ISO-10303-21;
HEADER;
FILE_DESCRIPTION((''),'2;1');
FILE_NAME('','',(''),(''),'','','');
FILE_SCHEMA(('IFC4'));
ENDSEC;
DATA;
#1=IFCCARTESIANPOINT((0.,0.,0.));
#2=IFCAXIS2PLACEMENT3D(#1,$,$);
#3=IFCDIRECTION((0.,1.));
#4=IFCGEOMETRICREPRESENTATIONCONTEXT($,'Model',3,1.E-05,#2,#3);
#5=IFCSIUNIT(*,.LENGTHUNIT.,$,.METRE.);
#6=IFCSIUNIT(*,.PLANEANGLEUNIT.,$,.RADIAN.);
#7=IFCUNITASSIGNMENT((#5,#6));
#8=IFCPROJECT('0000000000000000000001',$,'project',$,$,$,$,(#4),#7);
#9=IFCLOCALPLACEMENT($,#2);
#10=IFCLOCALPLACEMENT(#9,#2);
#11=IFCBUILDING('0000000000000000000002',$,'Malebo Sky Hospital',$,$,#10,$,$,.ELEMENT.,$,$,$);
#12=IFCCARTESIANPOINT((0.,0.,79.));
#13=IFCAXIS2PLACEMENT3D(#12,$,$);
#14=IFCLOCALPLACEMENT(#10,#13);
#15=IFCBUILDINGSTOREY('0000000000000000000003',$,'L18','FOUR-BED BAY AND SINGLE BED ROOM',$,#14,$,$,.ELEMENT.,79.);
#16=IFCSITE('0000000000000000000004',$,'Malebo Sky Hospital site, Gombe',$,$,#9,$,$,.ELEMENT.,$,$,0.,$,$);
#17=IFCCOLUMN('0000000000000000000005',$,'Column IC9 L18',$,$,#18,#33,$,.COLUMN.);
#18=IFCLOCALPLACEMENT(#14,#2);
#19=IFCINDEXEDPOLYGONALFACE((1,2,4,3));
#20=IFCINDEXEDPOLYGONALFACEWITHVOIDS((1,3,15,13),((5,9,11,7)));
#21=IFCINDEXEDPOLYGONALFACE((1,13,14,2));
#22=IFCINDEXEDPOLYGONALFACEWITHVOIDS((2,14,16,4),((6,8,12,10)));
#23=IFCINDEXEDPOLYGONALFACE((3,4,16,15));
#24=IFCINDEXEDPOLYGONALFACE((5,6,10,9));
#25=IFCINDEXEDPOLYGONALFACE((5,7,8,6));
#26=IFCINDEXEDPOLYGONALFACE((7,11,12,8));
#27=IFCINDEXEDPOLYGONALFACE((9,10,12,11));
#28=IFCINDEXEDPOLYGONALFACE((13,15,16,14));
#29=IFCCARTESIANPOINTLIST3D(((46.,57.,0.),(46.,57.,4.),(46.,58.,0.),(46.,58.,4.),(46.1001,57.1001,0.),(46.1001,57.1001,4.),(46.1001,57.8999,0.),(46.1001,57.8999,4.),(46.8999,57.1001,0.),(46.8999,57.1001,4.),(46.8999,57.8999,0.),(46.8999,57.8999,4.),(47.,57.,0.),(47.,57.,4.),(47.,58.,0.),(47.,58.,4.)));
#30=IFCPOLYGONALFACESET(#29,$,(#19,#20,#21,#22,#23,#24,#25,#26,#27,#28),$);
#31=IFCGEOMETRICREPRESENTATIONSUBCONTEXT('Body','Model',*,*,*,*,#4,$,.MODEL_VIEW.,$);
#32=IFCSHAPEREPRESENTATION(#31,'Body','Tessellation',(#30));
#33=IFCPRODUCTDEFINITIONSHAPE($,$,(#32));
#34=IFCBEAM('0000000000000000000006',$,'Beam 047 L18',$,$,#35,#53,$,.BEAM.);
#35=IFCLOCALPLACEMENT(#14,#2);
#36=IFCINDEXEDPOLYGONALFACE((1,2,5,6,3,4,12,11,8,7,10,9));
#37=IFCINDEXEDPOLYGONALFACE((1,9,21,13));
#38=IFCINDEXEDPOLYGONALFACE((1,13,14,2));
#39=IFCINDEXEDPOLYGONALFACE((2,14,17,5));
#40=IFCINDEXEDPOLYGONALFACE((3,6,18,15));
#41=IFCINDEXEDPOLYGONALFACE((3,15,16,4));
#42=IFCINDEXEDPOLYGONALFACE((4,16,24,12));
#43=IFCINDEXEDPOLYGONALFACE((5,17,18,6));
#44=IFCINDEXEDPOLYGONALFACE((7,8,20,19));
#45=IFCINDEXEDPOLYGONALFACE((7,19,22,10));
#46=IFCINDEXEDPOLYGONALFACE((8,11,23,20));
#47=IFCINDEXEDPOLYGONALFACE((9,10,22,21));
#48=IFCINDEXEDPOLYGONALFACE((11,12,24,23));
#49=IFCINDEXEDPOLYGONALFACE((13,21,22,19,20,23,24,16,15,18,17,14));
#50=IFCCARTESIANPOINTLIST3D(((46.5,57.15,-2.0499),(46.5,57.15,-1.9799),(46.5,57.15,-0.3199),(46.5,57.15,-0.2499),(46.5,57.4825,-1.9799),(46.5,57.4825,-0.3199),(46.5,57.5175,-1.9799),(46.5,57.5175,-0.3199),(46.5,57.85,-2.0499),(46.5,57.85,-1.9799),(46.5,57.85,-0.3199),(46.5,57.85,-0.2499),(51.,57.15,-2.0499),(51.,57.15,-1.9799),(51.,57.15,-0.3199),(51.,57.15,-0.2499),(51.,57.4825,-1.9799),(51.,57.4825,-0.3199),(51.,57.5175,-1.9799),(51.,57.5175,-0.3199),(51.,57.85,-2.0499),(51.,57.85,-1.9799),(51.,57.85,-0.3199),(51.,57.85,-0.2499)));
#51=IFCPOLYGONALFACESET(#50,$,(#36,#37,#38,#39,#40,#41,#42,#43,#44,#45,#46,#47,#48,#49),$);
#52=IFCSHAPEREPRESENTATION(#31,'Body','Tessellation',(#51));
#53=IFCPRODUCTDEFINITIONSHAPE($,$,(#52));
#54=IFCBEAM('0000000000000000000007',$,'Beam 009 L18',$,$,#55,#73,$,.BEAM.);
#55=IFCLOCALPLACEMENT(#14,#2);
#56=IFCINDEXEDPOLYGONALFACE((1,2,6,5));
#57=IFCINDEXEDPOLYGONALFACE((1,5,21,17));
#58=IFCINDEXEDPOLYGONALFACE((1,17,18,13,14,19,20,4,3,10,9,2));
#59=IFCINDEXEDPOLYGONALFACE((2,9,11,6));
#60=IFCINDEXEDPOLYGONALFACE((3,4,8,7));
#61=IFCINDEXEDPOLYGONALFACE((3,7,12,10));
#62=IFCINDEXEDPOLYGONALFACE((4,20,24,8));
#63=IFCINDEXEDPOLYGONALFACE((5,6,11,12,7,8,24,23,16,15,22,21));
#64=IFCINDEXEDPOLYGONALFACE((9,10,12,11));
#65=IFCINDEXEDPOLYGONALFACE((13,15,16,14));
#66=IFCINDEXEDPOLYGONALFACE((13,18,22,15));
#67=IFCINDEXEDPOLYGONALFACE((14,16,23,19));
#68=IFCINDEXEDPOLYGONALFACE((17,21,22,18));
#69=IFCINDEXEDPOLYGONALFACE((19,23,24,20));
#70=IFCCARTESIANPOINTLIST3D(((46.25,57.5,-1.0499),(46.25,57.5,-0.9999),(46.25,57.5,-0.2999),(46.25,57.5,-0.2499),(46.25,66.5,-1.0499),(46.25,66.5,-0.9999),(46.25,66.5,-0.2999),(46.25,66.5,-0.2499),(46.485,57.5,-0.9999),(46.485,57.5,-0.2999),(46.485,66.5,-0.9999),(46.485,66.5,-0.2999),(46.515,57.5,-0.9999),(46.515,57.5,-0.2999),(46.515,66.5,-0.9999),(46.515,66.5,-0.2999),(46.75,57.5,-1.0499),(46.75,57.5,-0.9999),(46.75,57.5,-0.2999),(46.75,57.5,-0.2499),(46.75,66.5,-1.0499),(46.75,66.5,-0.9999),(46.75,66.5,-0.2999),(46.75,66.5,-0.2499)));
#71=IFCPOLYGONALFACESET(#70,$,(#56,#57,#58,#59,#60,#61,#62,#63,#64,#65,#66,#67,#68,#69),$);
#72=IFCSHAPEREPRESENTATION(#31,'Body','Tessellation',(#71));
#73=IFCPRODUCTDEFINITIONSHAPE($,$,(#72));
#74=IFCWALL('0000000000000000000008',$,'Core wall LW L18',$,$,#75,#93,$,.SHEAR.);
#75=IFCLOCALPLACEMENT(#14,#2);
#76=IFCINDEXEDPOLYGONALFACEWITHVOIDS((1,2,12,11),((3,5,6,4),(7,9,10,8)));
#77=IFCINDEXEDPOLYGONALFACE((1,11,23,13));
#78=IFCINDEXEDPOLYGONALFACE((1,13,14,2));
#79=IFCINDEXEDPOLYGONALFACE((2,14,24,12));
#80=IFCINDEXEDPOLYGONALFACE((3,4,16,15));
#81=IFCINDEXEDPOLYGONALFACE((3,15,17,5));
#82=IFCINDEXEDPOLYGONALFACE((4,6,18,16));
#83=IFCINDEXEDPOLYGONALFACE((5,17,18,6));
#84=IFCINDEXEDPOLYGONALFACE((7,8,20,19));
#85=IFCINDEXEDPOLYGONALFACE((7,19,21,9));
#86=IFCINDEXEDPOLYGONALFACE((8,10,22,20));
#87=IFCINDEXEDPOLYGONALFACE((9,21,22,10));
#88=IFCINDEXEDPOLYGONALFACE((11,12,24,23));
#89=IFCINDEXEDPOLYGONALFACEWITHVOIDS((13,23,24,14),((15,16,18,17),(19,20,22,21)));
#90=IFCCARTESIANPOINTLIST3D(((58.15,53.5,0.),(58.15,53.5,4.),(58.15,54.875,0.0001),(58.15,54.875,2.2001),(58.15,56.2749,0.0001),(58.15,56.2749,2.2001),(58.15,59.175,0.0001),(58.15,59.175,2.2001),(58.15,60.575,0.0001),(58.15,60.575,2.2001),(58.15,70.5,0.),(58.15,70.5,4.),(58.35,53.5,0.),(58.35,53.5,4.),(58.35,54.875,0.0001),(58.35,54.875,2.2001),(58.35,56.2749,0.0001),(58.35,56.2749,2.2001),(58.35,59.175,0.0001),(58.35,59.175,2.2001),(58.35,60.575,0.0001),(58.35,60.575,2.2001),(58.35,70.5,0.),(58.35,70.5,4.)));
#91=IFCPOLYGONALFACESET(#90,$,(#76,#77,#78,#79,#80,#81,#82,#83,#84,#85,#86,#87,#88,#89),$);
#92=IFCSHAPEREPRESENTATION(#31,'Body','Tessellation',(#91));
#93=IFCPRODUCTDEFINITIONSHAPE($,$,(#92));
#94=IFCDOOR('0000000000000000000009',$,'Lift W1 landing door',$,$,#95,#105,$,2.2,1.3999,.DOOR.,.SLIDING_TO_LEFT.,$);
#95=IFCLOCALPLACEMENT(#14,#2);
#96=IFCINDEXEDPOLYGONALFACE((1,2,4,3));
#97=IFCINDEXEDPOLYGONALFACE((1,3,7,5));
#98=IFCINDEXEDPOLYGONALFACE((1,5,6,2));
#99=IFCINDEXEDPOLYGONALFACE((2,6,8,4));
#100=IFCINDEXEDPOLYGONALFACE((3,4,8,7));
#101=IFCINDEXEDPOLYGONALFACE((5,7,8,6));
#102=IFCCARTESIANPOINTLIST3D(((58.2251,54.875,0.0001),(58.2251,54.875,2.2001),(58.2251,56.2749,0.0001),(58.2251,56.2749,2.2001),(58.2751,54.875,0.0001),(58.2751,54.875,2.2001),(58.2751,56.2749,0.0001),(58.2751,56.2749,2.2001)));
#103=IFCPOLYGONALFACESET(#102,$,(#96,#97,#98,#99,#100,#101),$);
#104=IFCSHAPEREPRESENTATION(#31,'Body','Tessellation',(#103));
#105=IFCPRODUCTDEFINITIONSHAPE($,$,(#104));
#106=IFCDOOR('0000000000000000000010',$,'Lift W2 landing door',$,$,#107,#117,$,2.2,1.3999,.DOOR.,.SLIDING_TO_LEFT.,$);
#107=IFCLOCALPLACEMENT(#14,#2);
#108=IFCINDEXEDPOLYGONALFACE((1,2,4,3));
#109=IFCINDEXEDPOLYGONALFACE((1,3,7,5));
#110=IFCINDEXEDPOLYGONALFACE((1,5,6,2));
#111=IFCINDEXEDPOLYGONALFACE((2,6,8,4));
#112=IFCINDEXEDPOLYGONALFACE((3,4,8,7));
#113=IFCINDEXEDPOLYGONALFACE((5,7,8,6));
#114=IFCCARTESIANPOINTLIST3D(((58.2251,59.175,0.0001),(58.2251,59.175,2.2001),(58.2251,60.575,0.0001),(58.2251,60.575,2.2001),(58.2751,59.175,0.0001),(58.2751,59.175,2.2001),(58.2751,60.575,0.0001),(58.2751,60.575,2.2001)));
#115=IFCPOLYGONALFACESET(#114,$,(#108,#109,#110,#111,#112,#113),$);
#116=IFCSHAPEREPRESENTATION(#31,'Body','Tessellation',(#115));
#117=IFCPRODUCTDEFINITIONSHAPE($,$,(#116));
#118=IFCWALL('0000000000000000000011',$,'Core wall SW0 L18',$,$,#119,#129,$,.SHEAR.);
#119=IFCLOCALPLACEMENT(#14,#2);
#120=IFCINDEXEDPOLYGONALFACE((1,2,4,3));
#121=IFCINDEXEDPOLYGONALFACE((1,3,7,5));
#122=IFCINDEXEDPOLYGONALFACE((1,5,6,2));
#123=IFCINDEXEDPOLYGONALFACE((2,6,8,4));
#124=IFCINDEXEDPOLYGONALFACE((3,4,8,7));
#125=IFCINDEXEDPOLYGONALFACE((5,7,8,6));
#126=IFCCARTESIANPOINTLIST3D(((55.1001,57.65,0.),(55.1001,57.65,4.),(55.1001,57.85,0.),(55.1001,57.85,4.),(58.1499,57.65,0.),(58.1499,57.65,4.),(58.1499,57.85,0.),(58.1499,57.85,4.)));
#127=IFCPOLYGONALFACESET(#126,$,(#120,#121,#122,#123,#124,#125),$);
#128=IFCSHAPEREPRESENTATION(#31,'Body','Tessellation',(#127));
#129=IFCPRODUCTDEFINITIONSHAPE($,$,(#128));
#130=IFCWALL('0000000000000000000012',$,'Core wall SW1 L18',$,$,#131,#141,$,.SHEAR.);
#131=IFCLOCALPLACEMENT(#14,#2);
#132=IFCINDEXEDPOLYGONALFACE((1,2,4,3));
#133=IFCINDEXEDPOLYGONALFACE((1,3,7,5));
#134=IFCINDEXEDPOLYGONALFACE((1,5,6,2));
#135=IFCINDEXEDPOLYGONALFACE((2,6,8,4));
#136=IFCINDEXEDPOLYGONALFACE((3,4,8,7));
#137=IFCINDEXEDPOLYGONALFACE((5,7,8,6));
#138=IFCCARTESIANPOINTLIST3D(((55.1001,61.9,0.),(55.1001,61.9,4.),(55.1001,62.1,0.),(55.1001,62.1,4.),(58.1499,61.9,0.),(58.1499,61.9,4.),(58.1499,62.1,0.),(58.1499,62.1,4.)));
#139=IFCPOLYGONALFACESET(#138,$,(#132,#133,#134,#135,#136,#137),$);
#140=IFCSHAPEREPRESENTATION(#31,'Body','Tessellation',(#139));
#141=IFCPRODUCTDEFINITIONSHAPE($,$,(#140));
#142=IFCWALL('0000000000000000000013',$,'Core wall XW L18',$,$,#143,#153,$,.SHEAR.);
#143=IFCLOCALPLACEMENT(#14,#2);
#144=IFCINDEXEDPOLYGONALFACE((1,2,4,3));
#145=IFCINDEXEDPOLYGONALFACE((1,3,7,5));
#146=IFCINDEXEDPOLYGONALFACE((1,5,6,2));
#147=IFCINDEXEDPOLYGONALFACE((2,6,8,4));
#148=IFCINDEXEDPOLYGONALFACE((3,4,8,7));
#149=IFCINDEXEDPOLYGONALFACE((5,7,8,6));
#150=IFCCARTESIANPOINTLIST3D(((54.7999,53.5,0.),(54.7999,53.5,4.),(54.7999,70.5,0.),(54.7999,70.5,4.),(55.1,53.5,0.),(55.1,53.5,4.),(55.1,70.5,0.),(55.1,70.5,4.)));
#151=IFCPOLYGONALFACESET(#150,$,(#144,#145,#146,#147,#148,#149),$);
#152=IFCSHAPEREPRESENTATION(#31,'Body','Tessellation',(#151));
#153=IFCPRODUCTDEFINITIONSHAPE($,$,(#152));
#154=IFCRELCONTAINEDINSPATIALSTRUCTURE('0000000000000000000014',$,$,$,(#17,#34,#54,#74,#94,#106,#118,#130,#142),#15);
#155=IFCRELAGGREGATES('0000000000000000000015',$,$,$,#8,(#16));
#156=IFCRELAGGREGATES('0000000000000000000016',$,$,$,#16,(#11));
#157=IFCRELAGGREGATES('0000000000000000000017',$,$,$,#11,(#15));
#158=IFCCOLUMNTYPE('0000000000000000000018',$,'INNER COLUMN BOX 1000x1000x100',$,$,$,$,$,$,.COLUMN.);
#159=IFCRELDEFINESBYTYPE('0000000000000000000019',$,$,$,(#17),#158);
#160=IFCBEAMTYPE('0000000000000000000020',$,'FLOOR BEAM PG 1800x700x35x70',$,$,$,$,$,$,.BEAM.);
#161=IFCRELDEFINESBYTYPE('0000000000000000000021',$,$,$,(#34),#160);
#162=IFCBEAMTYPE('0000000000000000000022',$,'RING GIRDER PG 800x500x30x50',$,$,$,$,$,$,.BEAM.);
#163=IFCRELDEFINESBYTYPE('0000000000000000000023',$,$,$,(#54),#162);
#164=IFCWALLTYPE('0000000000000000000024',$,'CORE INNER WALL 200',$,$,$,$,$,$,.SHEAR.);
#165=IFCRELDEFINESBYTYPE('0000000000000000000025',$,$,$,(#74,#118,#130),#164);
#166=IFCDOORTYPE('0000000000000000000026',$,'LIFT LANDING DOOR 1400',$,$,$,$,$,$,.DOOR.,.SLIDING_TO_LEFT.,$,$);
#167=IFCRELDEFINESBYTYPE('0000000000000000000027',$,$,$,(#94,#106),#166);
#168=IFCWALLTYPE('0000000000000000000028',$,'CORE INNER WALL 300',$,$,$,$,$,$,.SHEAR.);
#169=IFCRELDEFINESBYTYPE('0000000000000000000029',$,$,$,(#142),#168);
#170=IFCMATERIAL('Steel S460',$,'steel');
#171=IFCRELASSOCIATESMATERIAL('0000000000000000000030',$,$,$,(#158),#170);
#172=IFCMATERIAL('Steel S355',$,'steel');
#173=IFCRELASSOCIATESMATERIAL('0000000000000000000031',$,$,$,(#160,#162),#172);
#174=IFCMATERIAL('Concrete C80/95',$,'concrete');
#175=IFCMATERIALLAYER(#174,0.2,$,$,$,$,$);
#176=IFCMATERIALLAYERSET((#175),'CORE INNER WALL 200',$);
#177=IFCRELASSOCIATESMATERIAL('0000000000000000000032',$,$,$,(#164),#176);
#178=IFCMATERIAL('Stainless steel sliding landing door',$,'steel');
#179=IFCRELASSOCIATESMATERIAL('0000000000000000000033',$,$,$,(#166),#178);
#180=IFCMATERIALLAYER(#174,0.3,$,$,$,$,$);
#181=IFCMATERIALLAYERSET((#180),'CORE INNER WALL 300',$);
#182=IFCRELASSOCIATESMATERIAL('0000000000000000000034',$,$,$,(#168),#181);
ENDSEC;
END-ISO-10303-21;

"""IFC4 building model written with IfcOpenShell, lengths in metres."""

from ifc_helpers import new_model, si_unit, direction, frame, frame_2d, origin, origin_2d, place, context, subcontext, project, spatial, rectangle, hollow_rectangle, i_section, extrude, material, layer, layer_set, material_profile, profile_set, type_object, element, fill, save


model = new_model("IFC4")

# Units and contexts
model_context = context("Model", 3, precision=1e-05, world=origin(), true_north=direction((0.0, 1.0)))
body_context = subcontext(model_context, "Body", "Model", "MODEL_VIEW")
ifc_project = project(units=[si_unit("LENGTHUNIT", "METRE"), si_unit("PLANEANGLEUNIT", "RADIAN")], contexts=[model_context])

# Site, building, storey
site_placement = place(None, origin())
site = spatial("IfcSite", under=ifc_project, at=site_placement, Name="Malebo Sky Hospital site, Gombe", CompositionType="ELEMENT", RefElevation=0.0)
building_placement = place(site_placement, origin())
building = spatial("IfcBuilding", under=site, at=building_placement, Name="Malebo Sky Hospital", CompositionType="ELEMENT")
storey_placement = place(building_placement, frame((0.0, 0.0, 79.0)))
storey = spatial("IfcBuildingStorey", under=building, at=storey_placement, Name="L18", Description="FOUR-BED BAY AND SINGLE BED ROOM", CompositionType="ELEMENT", Elevation=79.0)

# Column
ifc_material_1 = material(Name="Steel S460", Category="steel")
ifc_material_profile_1 = material_profile(ifc_material_1, hollow_rectangle(XDim=1.0, YDim=1.0, WallThickness=0.1001, at=origin_2d()), Name="BOX 1000x1000x100")
ifc_profile_set_1 = profile_set([ifc_material_profile_1], Name="Steel S460")
column_type = type_object("IfcColumnType", Name="INNER COLUMN BOX 1000x1000x100", PredefinedType="COLUMN", material=ifc_profile_set_1)
column_placement = place(storey_placement, frame((46.5, 57.5, 0.0), z_axis=(0.0, 0.0, 1.0), x_axis=(1.0, 0.0, 0.0)))
element("IfcColumn", 1, at=column_placement, inside=storey, type_object=column_type, Name="Column IC9 L18", PredefinedType="COLUMN", context=body_context, shape_type="SweptSolid", body=[
    extrude(hollow_rectangle(XDim=1.0, YDim=1.0, WallThickness=0.1001, at=origin_2d()), origin(), (0.0, 0.0, 1.0), 4.0),
])

# Beams
ifc_material_2 = material(Name="Steel S355", Category="steel")
ifc_material_profile_2 = material_profile(ifc_material_2, i_section(OverallWidth=0.7, OverallDepth=1.8, WebThickness=0.0349, FlangeThickness=0.0701, at=origin_2d()), Name="PG 1800x700x35x70")
ifc_profile_set_2 = profile_set([ifc_material_profile_2], Name="Steel S355")
beam_type_1 = type_object("IfcBeamType", Name="FLOOR BEAM PG 1800x700x35x70", PredefinedType="BEAM", material=ifc_profile_set_2)
beam_1_placement = place(storey_placement, frame((46.5, 57.5, -1.1499), z_axis=(1.0, 0.0, 0.0), x_axis=(0.0, 1.0, 0.0)))
element("IfcBeam", 2, at=beam_1_placement, inside=storey, type_object=beam_type_1, Name="Beam 047 L18", PredefinedType="BEAM", context=body_context, shape_type="SweptSolid", body=[
    extrude(i_section(OverallWidth=0.7, OverallDepth=1.8, WebThickness=0.0349, FlangeThickness=0.0701, at=origin_2d()), origin(), (0.0, 0.0, 1.0), 4.5),
])
ifc_material_profile_3 = material_profile(ifc_material_2, i_section(OverallWidth=0.5, OverallDepth=0.8, WebThickness=0.03, FlangeThickness=0.05, at=origin_2d()), Name="PG 800x500x30x50")
ifc_profile_set_3 = profile_set([ifc_material_profile_3], Name="Steel S355")
beam_type_2 = type_object("IfcBeamType", Name="RING GIRDER PG 800x500x30x50", PredefinedType="BEAM", material=ifc_profile_set_3)
beam_2_placement = place(storey_placement, frame((46.5, 57.5, -0.6499), z_axis=(0.0, 1.0, 0.0), x_axis=(-1.0, 0.0, 0.0)))
element("IfcBeam", 3, at=beam_2_placement, inside=storey, type_object=beam_type_2, Name="Beam 009 L18", PredefinedType="BEAM", context=body_context, shape_type="SweptSolid", body=[
    extrude(i_section(OverallWidth=0.5, OverallDepth=0.8, WebThickness=0.03, FlangeThickness=0.05, at=origin_2d()), origin(), (0.0, 0.0, 1.0), 9.0),
])

# Wall, openings, doors
ifc_material_3 = material(Name="Concrete C80/95", Category="concrete")
ifc_layer_1 = layer(ifc_material_3, 0.2)
ifc_layer_set_1 = layer_set([ifc_layer_1], Name="CORE INNER WALL 200")
wall_type_1 = type_object("IfcWallType", Name="CORE INNER WALL 200", PredefinedType="SHEAR", material=ifc_layer_set_1)
wall_1_placement = place(storey_placement, frame((58.25, 53.5, 0.0), z_axis=(0.0, 0.0, 1.0), x_axis=(0.0, 1.0, 0.0)))
wall_1 = element("IfcWall", 4, at=wall_1_placement, inside=storey, type_object=wall_type_1, Name="Core wall LW L18", PredefinedType="SHEAR", context=body_context, shape_type="SweptSolid", body=[
    extrude(rectangle(XDim=17.0, YDim=0.2, at=frame_2d((8.5, 0.0))), origin(), (0.0, 0.0, 1.0), 4.0),
])
opening_1_placement = place(wall_1_placement, frame((1.375, 0.0, 0.0)))
opening_1 = element("IfcOpeningElement", 5, at=opening_1_placement, cuts=wall_1, PredefinedType="OPENING", context=body_context, shape_type="SweptSolid", body=[
    extrude(rectangle(XDim=1.3999, YDim=2.2, at=frame_2d((0.7, 1.1001))), frame((0.0, 0.1099, 0.0), z_axis=(0.0, -1.0, 0.0), x_axis=(1.0, 0.0, 0.0)), (0.0, 0.0, 1.0), 0.22),
])
opening_2_placement = place(wall_1_placement, frame((5.675, 0.0, 0.0)))
opening_2 = element("IfcOpeningElement", 6, at=opening_2_placement, cuts=wall_1, PredefinedType="OPENING", context=body_context, shape_type="SweptSolid", body=[
    extrude(rectangle(XDim=1.3999, YDim=2.2, at=frame_2d((0.7, 1.1001))), frame((0.0, 0.1099, 0.0), z_axis=(0.0, -1.0, 0.0), x_axis=(1.0, 0.0, 0.0)), (0.0, 0.0, 1.0), 0.22),
])
ifc_material_4 = material(Name="Stainless steel sliding landing door", Category="steel")
door_type_1 = type_object("IfcDoorType", Name="LIFT LANDING DOOR 1400", OperationType="SLIDING_TO_LEFT", PredefinedType="DOOR", material=ifc_material_4)
door_1_placement = place(opening_1_placement, origin())
door_1 = element("IfcDoor", 7, at=door_1_placement, inside=storey, type_object=door_type_1, Name="Lift W1 landing door", OperationType="SLIDING_TO_LEFT", OverallHeight=2.2, OverallWidth=1.3999, PredefinedType="DOOR", context=body_context, shape_type="SweptSolid", body=[
    extrude(rectangle(XDim=1.3999, YDim=2.2, at=frame_2d((0.7, 1.1001))), frame((0.0, 0.0249, 0.0), z_axis=(0.0, -1.0, 0.0), x_axis=(1.0, 0.0, 0.0)), (0.0, 0.0, 1.0), 0.05),
])
fill(opening_1, door_1)
door_2_placement = place(opening_2_placement, origin())
door_2 = element("IfcDoor", 8, at=door_2_placement, inside=storey, type_object=door_type_1, Name="Lift W2 landing door", OperationType="SLIDING_TO_LEFT", OverallHeight=2.2, OverallWidth=1.3999, PredefinedType="DOOR", context=body_context, shape_type="SweptSolid", body=[
    extrude(rectangle(XDim=1.3999, YDim=2.2, at=frame_2d((0.7, 1.1001))), frame((0.0, 0.0249, 0.0), z_axis=(0.0, -1.0, 0.0), x_axis=(1.0, 0.0, 0.0)), (0.0, 0.0, 1.0), 0.05),
])
fill(opening_2, door_2)

# Walls
for number, where, z_axis, x_axis, name in (
    (9, (55.1001, 57.75, 0.0), (0.0, 0.0, 1.0), (1.0, 0.0, 0.0), "Core wall SW0 L18"),
    (10, (55.1001, 62.0, 0.0), (0.0, 0.0, 1.0), (1.0, 0.0, 0.0), "Core wall SW1 L18"),
):
    element("IfcWall", number, at=place(storey_placement, frame(where, z_axis=z_axis, x_axis=x_axis)), inside=storey, type_object=wall_type_1, Name=name, PredefinedType="SHEAR", context=body_context, shape_type="SweptSolid", body=[
        extrude(rectangle(XDim=3.0498, YDim=0.2, at=frame_2d((1.5249, 0.0))), origin(), (0.0, 0.0, 1.0), 4.0),
    ])
ifc_layer_2 = layer(ifc_material_3, 0.3)
ifc_layer_set_2 = layer_set([ifc_layer_2], Name="CORE INNER WALL 300")
wall_type_2 = type_object("IfcWallType", Name="CORE INNER WALL 300", PredefinedType="SHEAR", material=ifc_layer_set_2)
wall_2_placement = place(storey_placement, frame((54.95, 53.5, 0.0), z_axis=(0.0, 0.0, 1.0), x_axis=(0.0, 1.0, 0.0)))
element("IfcWall", 11, at=wall_2_placement, inside=storey, type_object=wall_type_2, Name="Core wall XW L18", PredefinedType="SHEAR", context=body_context, shape_type="SweptSolid", body=[
    extrude(rectangle(XDim=17.0, YDim=0.3, at=frame_2d((8.5, 0.0))), origin(), (0.0, 0.0, 1.0), 4.0),
])

save(model, "model.ifc")
